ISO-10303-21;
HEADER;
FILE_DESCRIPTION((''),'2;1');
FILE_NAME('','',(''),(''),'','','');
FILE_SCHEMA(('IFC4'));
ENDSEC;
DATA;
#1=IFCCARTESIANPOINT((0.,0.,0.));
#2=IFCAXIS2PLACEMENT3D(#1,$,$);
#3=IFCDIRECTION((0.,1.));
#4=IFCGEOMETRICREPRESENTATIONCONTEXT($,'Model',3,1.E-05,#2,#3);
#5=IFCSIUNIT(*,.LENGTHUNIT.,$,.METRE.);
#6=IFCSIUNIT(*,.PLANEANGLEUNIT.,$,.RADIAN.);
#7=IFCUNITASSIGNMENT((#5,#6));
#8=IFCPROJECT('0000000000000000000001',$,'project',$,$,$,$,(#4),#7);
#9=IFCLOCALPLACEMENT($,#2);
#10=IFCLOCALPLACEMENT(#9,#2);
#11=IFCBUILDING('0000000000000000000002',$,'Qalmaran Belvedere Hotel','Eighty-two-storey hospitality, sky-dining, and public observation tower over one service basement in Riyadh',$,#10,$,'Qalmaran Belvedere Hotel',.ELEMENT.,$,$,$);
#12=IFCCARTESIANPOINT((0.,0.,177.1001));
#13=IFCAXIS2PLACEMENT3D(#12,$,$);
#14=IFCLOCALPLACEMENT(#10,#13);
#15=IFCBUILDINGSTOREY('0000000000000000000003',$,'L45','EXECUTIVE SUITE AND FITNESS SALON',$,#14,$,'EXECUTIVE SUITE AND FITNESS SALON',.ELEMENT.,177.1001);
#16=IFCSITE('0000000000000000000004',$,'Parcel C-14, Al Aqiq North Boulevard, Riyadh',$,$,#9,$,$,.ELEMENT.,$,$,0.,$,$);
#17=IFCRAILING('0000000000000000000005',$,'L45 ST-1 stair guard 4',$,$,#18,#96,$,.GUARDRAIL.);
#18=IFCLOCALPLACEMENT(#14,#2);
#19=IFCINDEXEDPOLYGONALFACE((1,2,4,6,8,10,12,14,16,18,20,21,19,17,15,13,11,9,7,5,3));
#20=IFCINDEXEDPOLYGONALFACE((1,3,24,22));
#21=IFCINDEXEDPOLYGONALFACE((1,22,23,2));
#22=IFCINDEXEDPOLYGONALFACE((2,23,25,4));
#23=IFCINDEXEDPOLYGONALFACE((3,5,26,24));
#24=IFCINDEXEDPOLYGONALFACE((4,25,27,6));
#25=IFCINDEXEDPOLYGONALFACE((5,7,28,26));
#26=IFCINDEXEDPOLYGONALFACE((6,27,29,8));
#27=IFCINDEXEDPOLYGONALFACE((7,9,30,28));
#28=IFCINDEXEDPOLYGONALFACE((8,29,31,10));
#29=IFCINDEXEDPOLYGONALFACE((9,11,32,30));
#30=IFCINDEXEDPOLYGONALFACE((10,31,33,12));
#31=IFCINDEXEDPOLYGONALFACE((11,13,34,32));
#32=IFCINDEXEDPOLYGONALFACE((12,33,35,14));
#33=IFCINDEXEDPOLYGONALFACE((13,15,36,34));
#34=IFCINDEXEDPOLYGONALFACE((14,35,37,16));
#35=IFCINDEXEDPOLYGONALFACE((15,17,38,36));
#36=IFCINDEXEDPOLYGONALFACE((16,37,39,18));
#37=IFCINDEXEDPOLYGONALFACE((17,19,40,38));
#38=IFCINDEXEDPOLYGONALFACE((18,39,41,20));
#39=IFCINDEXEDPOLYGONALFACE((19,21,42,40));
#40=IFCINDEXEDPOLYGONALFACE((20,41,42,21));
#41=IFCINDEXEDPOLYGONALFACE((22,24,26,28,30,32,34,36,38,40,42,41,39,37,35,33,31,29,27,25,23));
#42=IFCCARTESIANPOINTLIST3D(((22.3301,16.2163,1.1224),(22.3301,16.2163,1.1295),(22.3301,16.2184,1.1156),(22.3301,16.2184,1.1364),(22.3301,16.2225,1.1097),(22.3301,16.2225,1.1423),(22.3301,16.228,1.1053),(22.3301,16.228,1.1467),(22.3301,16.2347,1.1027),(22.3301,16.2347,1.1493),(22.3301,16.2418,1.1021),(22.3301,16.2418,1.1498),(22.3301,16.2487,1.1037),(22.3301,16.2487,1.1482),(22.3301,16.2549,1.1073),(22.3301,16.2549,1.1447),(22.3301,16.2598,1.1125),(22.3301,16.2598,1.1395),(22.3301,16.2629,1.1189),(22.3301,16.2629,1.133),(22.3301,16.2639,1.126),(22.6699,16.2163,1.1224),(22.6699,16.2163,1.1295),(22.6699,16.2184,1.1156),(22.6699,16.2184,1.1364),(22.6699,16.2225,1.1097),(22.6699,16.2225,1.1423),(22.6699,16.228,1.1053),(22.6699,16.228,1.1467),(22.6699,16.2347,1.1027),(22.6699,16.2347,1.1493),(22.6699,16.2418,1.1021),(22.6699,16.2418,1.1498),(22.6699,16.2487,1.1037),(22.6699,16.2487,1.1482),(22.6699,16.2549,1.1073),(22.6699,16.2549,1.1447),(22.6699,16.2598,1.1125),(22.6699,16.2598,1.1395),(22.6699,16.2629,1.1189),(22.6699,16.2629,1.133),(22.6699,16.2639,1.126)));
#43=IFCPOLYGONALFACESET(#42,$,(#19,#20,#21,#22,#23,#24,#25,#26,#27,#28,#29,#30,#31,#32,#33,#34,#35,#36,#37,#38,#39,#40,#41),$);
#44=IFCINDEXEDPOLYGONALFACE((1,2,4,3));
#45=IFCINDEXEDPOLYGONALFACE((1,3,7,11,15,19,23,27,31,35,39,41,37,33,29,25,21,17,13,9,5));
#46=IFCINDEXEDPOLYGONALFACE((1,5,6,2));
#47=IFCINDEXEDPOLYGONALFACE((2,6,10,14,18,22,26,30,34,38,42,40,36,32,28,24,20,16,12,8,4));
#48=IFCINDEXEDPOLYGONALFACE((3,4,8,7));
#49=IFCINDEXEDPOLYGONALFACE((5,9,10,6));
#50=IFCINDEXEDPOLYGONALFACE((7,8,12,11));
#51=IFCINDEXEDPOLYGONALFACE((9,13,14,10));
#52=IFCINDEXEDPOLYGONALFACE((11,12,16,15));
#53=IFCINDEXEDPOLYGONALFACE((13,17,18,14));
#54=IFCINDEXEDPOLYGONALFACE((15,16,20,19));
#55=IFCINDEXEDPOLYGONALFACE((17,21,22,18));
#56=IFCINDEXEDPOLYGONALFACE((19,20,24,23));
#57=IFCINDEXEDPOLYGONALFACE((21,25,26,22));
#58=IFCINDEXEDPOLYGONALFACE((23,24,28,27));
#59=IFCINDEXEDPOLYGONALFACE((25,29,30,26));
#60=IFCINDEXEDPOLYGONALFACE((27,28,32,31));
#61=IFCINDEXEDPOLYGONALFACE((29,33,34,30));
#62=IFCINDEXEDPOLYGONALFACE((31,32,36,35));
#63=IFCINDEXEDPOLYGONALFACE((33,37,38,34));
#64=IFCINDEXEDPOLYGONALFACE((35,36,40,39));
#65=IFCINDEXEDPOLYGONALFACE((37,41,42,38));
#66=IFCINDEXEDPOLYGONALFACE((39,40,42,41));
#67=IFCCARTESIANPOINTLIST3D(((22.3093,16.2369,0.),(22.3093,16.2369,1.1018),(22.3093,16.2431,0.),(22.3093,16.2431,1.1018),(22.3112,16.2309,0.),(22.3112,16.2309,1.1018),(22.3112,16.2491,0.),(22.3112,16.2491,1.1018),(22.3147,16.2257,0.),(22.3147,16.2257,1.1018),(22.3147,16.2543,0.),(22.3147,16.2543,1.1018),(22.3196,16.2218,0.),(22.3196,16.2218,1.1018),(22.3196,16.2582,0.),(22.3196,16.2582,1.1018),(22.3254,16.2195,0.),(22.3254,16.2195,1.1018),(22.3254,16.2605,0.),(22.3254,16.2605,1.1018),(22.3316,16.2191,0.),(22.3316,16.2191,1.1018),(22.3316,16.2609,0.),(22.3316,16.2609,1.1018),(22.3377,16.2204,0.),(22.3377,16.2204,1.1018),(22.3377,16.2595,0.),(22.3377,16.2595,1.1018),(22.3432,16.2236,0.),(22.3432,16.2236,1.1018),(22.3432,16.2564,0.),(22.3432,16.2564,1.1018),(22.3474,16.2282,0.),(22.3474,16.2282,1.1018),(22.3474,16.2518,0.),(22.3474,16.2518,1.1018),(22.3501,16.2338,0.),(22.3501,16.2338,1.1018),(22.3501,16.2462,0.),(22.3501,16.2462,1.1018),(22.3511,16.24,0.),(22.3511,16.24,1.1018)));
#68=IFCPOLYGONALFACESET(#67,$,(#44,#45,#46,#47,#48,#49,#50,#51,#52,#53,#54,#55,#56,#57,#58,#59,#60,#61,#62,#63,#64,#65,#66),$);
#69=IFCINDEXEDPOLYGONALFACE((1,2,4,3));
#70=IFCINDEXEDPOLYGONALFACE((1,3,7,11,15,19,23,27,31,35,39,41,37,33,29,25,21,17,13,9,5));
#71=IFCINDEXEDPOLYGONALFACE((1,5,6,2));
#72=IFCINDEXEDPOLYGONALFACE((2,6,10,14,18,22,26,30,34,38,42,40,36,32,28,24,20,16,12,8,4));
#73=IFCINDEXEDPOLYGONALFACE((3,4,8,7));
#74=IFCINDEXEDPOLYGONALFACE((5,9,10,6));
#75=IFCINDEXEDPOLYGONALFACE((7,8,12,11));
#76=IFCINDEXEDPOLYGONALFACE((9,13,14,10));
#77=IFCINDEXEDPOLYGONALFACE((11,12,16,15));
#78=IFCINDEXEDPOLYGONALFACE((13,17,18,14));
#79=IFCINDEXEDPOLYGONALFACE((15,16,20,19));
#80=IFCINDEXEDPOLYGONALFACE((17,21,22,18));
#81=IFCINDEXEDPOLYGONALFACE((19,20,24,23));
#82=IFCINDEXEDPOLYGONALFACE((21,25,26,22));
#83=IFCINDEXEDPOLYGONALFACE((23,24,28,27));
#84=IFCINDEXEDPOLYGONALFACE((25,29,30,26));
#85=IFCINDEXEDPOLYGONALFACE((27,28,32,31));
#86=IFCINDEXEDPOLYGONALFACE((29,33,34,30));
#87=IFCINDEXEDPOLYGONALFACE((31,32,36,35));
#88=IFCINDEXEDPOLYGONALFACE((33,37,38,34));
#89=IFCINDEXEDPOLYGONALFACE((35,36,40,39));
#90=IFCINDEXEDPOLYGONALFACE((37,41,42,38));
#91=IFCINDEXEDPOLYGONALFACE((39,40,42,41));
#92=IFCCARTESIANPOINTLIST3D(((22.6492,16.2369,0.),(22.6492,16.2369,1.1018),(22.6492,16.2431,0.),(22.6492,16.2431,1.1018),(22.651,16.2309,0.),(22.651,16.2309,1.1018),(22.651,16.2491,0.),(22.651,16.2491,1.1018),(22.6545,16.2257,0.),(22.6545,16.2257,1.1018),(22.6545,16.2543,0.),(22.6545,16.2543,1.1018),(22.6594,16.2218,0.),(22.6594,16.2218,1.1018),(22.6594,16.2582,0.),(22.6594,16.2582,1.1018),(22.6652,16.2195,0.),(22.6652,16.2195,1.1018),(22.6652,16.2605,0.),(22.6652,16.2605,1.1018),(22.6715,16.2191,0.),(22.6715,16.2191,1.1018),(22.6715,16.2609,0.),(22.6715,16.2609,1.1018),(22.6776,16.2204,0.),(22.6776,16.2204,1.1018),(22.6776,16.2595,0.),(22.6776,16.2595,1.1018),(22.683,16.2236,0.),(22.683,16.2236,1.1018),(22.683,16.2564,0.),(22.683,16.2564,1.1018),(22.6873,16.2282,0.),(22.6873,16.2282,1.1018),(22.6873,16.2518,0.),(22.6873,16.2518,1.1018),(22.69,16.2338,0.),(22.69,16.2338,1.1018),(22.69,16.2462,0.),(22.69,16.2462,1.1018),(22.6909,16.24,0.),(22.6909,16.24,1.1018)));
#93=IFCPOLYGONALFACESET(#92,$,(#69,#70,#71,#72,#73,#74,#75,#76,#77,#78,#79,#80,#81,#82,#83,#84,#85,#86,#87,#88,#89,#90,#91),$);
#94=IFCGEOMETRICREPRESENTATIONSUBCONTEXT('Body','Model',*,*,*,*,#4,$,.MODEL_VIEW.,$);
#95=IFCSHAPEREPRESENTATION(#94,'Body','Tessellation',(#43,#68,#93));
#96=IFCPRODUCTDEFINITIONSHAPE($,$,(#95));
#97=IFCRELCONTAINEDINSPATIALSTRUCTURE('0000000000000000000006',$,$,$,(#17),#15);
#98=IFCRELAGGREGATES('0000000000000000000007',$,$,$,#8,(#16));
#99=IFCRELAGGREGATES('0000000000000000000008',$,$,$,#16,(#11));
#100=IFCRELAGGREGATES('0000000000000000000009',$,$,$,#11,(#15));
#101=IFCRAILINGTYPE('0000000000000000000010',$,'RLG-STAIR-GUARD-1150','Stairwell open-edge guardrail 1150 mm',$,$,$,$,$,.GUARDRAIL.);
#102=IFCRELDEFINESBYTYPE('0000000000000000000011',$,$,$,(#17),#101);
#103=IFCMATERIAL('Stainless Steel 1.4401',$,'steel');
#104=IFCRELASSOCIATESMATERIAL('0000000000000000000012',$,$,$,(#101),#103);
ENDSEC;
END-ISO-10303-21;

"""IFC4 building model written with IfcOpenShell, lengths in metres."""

from ifc_helpers import new_model, si_unit, direction, frame, origin, origin_2d, place, context, subcontext, project, spatial, circle, extrude, material, type_object, element, save


model = new_model("IFC4")

# Units and contexts
model_context = context("Model", 3, precision=1e-05, world=origin(), true_north=direction((0.0, 1.0)))
body_context = subcontext(model_context, "Body", "Model", "MODEL_VIEW")
ifc_project = project(units=[si_unit("LENGTHUNIT", "METRE"), si_unit("PLANEANGLEUNIT", "RADIAN")], contexts=[model_context])

# Site, building, storey
site_placement = place(None, origin())
site = spatial("IfcSite", under=ifc_project, at=site_placement, Name="Parcel C-14, Al Aqiq North Boulevard, Riyadh", CompositionType="ELEMENT", RefElevation=0.0)
building_placement = place(site_placement, origin())
building = spatial("IfcBuilding", under=site, at=building_placement, Name="Qalmaran Belvedere Hotel", Description="Eighty-two-storey hospitality, sky-dining, and public observation tower over one service basement in Riyadh", LongName="Qalmaran Belvedere Hotel", CompositionType="ELEMENT")
storey_placement = place(building_placement, frame((0.0, 0.0, 177.1001)))
storey = spatial("IfcBuildingStorey", under=building, at=storey_placement, Name="L45", Description="EXECUTIVE SUITE AND FITNESS SALON", LongName="EXECUTIVE SUITE AND FITNESS SALON", CompositionType="ELEMENT", Elevation=177.1001)

# Railing
ifc_material_1 = material(Name="Stainless Steel 1.4401", Category="steel")
railing_type_1 = type_object("IfcRailingType", Name="RLG-STAIR-GUARD-1150", Description="Stairwell open-edge guardrail 1150 mm", PredefinedType="GUARDRAIL", material=ifc_material_1)
railing_1_placement = place(storey_placement, frame((22.3301, 16.24, 0.0)))
element("IfcRailing", 1, at=railing_1_placement, inside=storey, type_object=railing_type_1, Name="L45 ST-1 stair guard 4", PredefinedType="GUARDRAIL", context=body_context, shape_type="SweptSolid", body=[
    extrude(circle(Radius=0.0239, at=origin_2d()), frame((0.0, 0.0, 1.126), z_axis=(1.0, 0.0, 0.0), x_axis=(0.0, 1.0, 0.0)), (0.0, 0.0, 1.0), 0.3398),
    extrude(circle(Radius=0.021, at=origin_2d()), origin(), (0.0, 0.0, 1.0), 1.1018),
    extrude(circle(Radius=0.021, at=origin_2d()), frame((0.3398, 0.0, 0.0)), (0.0, 0.0, 1.0), 1.1018),
])

save(model, "model.ifc")
